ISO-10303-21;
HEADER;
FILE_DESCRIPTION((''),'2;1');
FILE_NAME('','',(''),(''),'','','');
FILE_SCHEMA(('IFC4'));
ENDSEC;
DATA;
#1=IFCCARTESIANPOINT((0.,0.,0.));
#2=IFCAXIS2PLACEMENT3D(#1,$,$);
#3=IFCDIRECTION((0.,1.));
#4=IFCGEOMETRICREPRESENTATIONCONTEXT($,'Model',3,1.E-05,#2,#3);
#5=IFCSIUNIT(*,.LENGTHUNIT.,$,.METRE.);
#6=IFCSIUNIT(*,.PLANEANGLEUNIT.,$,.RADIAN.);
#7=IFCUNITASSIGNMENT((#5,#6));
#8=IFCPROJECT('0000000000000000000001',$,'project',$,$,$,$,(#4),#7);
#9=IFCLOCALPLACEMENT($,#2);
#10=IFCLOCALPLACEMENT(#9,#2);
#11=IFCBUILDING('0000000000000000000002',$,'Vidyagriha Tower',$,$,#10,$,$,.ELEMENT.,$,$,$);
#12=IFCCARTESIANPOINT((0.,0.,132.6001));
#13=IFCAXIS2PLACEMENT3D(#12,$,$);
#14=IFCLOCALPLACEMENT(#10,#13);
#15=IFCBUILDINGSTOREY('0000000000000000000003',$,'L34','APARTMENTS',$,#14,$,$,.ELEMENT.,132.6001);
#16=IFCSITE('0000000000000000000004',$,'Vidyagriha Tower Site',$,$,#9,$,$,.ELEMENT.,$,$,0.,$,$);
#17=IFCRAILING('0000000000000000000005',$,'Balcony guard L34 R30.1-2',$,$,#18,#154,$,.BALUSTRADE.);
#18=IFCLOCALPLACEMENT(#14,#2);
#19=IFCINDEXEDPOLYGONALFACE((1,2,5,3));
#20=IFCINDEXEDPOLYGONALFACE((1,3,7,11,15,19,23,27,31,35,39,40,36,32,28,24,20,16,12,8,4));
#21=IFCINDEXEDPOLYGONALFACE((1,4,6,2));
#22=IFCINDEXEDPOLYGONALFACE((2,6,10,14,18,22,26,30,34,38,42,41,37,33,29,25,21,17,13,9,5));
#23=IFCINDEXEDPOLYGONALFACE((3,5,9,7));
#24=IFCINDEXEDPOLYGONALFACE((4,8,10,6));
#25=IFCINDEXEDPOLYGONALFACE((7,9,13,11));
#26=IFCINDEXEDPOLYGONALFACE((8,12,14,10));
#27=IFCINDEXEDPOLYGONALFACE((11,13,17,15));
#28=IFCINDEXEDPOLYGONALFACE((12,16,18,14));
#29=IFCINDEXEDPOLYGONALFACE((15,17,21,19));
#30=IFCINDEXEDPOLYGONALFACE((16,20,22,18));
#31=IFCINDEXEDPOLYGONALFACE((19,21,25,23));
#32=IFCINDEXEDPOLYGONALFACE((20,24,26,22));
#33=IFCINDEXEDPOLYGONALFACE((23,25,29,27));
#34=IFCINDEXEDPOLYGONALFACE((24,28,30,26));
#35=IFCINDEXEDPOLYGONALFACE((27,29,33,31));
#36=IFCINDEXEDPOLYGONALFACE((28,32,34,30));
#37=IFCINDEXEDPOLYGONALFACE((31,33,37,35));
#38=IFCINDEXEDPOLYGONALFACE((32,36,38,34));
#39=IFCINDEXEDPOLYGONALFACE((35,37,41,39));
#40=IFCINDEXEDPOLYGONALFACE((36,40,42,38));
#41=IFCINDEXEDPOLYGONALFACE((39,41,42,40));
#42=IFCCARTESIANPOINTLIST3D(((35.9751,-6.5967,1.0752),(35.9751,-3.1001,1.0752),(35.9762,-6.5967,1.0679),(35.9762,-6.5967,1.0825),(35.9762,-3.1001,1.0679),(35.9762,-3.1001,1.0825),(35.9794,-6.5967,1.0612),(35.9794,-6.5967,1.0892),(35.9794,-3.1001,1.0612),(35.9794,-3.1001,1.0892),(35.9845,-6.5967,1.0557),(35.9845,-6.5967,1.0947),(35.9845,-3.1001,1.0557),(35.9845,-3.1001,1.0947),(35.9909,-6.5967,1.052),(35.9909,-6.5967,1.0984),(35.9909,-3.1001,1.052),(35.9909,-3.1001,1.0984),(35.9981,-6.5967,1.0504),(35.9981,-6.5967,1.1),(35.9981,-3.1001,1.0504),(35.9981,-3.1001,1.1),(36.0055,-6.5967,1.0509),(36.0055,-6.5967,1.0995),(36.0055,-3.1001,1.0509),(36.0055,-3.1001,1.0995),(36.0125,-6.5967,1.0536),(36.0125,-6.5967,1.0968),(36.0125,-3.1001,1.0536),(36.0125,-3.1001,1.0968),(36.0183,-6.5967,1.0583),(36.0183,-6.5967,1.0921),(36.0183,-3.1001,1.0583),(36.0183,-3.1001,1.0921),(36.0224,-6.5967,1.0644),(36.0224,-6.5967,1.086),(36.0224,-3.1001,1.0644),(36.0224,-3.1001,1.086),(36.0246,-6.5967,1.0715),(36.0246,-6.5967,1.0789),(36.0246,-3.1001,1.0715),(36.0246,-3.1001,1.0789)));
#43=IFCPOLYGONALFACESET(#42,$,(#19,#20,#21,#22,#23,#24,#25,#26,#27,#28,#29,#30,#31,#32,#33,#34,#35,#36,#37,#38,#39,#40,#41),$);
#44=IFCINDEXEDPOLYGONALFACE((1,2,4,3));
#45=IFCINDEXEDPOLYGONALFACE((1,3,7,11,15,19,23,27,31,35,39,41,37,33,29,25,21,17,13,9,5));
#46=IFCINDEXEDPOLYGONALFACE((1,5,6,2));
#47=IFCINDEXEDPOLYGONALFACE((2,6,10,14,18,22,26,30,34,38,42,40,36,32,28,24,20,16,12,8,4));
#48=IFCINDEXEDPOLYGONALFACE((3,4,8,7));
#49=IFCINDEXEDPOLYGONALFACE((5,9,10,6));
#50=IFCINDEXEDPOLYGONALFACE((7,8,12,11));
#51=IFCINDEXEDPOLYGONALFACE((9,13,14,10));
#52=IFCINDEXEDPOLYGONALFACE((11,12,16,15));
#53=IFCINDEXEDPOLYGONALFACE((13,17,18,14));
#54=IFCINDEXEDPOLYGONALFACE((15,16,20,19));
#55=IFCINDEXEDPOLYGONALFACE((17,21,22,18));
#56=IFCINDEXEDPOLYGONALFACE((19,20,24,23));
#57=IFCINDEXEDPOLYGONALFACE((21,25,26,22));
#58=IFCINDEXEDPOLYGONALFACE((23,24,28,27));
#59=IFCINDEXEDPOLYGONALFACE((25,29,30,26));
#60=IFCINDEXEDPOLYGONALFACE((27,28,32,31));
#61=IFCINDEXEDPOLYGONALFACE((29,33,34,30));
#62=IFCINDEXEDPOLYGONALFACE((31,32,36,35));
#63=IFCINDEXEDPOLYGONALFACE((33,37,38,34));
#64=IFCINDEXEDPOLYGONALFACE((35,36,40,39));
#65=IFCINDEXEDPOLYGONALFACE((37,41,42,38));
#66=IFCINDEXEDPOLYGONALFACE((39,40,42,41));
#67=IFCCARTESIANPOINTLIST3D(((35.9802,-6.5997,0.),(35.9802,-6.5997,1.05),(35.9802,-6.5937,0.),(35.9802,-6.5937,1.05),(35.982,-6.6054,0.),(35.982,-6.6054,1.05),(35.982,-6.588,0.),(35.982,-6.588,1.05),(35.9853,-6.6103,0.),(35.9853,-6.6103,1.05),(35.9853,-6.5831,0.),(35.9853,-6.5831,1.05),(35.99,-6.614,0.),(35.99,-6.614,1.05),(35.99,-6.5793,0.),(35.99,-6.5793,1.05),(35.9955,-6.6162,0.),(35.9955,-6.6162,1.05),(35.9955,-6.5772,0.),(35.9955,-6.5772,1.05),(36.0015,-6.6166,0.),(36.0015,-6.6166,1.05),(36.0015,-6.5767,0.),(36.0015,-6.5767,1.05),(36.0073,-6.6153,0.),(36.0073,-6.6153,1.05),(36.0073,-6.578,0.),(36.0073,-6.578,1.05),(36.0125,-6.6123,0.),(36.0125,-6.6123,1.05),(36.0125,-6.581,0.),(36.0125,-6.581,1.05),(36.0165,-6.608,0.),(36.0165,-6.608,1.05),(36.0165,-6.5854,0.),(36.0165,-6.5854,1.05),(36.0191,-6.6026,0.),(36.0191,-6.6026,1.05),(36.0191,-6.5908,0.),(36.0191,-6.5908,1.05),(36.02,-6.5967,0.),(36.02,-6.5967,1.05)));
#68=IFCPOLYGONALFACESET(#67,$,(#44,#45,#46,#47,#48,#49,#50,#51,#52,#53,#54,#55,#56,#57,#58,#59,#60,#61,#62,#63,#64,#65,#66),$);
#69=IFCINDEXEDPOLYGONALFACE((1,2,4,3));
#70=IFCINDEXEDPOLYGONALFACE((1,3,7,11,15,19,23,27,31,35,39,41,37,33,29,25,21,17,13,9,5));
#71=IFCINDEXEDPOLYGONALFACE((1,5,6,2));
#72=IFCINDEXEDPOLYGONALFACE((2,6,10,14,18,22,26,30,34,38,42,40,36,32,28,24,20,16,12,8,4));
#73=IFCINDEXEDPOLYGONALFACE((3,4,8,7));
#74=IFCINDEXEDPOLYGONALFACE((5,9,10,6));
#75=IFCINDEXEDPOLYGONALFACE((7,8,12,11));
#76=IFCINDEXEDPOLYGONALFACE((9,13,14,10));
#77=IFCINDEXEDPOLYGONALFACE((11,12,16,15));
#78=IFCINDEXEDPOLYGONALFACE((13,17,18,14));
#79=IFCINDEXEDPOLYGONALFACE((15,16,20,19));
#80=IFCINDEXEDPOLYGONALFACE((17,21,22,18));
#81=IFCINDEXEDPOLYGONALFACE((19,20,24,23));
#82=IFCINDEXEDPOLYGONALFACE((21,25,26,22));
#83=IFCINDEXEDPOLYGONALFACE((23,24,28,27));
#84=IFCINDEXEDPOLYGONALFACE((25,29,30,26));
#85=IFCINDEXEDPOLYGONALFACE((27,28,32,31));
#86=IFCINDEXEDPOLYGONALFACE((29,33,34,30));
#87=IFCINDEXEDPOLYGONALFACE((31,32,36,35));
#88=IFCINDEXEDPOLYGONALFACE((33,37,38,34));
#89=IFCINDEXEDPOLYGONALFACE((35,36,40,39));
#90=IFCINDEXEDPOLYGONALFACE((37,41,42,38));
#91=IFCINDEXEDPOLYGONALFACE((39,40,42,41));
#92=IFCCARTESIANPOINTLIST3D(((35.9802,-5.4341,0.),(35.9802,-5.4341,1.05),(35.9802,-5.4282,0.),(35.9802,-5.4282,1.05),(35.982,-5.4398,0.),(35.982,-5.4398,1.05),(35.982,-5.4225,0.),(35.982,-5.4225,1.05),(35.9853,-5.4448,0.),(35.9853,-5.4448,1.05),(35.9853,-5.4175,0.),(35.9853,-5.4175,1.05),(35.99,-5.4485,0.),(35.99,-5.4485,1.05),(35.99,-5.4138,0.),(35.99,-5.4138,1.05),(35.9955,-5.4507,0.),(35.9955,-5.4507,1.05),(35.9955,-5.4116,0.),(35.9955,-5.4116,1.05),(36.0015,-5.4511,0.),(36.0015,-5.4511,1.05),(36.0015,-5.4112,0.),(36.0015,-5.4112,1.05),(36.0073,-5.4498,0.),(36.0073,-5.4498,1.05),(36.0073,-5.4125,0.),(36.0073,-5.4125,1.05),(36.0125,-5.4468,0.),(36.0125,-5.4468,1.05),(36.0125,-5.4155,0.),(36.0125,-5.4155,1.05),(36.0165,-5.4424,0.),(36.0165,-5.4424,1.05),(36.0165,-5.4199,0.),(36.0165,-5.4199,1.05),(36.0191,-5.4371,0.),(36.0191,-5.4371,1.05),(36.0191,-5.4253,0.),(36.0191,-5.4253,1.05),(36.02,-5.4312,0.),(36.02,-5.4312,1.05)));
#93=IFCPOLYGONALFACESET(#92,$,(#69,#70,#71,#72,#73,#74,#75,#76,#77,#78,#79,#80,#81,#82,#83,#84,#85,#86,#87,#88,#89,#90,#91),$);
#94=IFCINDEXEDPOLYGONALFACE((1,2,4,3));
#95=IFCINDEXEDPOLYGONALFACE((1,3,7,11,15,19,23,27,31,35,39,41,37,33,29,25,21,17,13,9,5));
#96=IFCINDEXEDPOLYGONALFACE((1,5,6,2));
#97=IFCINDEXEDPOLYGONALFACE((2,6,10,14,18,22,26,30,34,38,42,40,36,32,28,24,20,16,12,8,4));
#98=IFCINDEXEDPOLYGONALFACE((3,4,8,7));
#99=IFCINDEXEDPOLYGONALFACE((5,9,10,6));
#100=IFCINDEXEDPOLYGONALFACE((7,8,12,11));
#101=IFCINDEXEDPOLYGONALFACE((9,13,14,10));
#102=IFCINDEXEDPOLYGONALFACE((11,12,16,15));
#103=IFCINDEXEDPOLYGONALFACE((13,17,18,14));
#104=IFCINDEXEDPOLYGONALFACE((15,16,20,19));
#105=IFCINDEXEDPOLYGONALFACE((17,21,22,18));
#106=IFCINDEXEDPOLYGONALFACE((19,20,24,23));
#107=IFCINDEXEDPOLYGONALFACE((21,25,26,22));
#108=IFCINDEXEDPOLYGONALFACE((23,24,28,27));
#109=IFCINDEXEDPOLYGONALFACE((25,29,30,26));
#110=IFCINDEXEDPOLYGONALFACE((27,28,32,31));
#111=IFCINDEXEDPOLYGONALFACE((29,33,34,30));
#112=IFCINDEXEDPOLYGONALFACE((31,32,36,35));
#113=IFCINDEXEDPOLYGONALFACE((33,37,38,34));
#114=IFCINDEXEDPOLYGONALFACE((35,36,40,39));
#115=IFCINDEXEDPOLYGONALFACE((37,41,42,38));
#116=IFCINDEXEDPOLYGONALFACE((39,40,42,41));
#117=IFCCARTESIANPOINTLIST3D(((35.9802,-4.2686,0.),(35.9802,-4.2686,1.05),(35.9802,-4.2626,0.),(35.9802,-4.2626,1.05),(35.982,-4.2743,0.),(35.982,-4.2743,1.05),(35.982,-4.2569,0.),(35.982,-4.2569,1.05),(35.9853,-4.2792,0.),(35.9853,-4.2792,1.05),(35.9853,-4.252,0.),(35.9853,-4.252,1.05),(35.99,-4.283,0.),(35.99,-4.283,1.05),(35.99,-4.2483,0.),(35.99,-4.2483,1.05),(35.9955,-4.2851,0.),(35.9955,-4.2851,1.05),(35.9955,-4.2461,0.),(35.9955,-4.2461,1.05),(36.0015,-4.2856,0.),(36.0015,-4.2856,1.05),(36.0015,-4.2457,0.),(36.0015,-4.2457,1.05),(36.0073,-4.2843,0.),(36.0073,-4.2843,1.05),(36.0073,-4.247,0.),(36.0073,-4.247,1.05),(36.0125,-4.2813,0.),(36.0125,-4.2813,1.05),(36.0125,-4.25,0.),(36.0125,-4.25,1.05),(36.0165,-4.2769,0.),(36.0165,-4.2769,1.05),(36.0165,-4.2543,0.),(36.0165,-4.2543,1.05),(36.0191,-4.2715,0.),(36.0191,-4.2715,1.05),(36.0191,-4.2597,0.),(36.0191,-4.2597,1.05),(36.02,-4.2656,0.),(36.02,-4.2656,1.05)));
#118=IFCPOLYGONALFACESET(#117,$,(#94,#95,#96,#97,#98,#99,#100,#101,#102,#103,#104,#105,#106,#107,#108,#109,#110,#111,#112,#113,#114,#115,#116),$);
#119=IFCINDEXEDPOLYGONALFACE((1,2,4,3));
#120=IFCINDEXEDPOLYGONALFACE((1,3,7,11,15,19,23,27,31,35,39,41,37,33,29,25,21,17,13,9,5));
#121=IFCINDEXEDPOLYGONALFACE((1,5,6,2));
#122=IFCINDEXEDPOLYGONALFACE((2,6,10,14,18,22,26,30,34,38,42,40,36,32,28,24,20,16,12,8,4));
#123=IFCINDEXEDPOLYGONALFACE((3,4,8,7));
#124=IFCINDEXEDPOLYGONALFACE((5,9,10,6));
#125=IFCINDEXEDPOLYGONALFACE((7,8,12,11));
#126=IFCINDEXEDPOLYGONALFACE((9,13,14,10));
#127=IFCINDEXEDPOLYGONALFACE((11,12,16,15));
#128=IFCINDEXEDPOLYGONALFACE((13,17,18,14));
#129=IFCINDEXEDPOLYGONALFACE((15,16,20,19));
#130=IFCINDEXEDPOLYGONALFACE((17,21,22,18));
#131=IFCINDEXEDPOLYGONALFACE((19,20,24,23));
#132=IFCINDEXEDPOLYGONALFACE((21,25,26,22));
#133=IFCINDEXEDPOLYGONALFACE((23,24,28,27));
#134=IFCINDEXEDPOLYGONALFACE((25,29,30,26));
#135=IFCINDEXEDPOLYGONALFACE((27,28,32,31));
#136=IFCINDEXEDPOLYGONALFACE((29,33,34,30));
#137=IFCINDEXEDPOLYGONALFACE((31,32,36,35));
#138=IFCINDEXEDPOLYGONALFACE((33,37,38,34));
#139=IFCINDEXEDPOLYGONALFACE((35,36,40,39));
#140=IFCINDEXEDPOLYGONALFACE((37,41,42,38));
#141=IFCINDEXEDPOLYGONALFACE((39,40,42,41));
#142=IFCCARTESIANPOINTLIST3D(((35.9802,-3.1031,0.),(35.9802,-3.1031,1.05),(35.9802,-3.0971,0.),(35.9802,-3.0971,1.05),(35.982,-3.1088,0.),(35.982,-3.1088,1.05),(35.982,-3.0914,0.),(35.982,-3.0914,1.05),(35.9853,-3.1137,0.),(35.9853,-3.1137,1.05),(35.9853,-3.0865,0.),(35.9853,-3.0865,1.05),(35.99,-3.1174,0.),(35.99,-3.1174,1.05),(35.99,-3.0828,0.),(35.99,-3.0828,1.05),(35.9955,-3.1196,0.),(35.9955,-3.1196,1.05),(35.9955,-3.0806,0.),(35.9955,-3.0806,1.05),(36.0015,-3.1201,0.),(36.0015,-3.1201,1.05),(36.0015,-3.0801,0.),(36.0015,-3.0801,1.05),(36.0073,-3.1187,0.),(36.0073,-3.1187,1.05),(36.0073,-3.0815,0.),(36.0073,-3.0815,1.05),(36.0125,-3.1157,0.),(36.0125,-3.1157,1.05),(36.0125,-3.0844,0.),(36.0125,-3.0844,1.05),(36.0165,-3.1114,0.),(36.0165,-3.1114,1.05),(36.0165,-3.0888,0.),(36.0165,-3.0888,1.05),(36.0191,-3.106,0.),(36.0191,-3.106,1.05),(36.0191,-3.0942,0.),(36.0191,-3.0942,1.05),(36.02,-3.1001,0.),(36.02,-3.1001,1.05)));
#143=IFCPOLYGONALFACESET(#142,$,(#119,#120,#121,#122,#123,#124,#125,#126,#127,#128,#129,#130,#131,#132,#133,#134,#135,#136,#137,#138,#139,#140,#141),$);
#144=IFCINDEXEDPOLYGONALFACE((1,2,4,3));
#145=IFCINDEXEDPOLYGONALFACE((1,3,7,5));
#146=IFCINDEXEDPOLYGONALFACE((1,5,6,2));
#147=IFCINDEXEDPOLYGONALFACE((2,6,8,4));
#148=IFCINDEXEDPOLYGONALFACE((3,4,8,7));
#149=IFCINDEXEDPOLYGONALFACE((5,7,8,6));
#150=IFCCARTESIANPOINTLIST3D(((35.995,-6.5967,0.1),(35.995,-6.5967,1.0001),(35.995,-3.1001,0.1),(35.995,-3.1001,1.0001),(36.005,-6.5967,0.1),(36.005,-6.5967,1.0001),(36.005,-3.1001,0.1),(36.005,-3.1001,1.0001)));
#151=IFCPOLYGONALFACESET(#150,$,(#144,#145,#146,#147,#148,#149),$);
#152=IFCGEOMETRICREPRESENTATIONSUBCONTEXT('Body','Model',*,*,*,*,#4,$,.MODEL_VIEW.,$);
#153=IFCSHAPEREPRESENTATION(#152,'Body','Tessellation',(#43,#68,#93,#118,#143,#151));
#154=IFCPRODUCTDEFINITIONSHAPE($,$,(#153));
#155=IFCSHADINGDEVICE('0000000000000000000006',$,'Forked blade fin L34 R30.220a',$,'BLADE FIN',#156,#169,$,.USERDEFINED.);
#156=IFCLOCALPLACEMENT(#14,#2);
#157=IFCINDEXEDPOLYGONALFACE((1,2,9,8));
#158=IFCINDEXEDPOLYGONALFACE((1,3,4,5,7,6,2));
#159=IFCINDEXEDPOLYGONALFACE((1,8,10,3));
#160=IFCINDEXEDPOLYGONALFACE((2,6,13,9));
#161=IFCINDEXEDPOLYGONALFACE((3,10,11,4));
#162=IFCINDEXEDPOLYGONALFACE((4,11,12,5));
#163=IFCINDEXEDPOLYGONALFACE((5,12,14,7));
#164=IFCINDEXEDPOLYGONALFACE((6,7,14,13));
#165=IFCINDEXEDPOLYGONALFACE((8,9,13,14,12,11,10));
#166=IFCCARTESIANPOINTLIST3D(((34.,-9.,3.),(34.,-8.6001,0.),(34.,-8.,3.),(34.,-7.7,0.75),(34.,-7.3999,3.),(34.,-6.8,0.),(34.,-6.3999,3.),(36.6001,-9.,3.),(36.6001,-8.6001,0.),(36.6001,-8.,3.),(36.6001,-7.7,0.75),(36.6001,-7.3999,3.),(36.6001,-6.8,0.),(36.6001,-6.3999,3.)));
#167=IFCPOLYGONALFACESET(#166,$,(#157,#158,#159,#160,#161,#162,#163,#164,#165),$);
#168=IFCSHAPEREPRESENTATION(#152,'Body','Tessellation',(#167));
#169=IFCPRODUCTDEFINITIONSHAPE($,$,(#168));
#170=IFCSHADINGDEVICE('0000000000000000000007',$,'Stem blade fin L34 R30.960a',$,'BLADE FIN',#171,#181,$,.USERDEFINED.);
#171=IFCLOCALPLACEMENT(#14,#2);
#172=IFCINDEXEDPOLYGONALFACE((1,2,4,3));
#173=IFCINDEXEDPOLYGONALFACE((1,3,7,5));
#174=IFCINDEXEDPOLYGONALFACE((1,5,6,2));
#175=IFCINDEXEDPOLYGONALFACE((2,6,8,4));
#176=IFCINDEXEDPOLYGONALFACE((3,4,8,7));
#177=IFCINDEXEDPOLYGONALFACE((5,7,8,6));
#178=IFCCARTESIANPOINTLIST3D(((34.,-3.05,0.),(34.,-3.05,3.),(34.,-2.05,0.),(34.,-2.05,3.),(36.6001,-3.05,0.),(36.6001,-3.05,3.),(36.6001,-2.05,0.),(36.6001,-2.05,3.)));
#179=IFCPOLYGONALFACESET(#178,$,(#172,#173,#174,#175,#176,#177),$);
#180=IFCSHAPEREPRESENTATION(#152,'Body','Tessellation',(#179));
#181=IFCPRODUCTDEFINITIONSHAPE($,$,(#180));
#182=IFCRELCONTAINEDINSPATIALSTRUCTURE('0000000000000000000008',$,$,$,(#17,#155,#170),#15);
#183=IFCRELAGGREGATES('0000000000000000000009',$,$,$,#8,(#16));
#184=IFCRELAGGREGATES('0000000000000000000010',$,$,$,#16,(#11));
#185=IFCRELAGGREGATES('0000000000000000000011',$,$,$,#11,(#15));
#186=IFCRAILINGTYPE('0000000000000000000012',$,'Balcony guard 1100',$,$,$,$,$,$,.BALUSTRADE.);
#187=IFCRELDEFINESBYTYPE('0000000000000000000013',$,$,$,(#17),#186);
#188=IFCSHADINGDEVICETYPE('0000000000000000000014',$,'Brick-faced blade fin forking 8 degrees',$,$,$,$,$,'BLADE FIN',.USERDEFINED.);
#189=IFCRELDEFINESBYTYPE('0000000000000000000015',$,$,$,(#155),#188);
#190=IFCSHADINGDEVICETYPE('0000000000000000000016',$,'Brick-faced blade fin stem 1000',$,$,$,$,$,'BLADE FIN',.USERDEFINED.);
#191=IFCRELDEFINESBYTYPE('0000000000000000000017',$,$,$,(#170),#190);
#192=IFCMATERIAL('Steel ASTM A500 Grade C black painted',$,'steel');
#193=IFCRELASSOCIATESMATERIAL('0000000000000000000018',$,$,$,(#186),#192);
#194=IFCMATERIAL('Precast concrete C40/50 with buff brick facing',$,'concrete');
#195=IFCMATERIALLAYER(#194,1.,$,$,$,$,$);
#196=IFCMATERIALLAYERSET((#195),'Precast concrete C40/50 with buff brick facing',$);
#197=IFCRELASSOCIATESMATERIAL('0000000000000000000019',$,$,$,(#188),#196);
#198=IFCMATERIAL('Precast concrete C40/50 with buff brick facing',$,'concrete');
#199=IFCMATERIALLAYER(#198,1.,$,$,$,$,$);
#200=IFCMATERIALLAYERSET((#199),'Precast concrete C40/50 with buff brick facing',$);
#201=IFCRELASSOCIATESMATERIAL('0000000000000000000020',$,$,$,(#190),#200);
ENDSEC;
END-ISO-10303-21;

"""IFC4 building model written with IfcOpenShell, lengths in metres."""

from ifc_helpers import new_model, si_unit, direction, frame, origin, origin_2d, place, context, subcontext, project, spatial, polyline, rectangle, circle, outline, extrude, material, layer, layer_set, type_object, element, save


model = new_model("IFC4")

# Units and contexts
model_context = context("Model", 3, precision=1e-05, world=origin(), true_north=direction((0.0, 1.0)))
body_context = subcontext(model_context, "Body", "Model", "MODEL_VIEW")
ifc_project = project(units=[si_unit("LENGTHUNIT", "METRE"), si_unit("PLANEANGLEUNIT", "RADIAN")], contexts=[model_context])

# Site, building, storey
site_placement = place(None, origin())
site = spatial("IfcSite", under=ifc_project, at=site_placement, Name="Vidyagriha Tower Site", CompositionType="ELEMENT", RefElevation=0.0)
building_placement = place(site_placement, origin())
building = spatial("IfcBuilding", under=site, at=building_placement, Name="Vidyagriha Tower", CompositionType="ELEMENT")
storey_placement = place(building_placement, frame((0.0, 0.0, 132.6001)))
storey = spatial("IfcBuildingStorey", under=building, at=storey_placement, Name="L34", Description="APARTMENTS", CompositionType="ELEMENT", Elevation=132.6001)

# Railing
ifc_material_1 = material(Name="Steel ASTM A500 Grade C black painted", Category="steel")
railing_type_1 = type_object("IfcRailingType", Name="Balcony guard 1100", PredefinedType="BALUSTRADE", material=ifc_material_1)
railing_1_placement = place(storey_placement, frame((36.0, -6.5967, 0.0)))
element("IfcRailing", 1, at=railing_1_placement, inside=storey, type_object=railing_type_1, Name="Balcony guard L34 R30.1-2", PredefinedType="BALUSTRADE", context=body_context, shape_type="SweptSolid", body=[
    extrude(circle(Radius=0.0249, at=origin_2d()), frame((0.0, 0.0, 1.0752), z_axis=(0.0, 1.0, 0.0), x_axis=(-1.0, 0.0, 0.0)), (0.0, 0.0, 1.0), 3.4966),
    extrude(circle(Radius=0.02, at=origin_2d()), origin(), (0.0, 0.0, 1.0), 1.05),
    extrude(circle(Radius=0.02, at=origin_2d()), frame((0.0, 1.1655, 0.0)), (0.0, 0.0, 1.0), 1.05),
    extrude(circle(Radius=0.02, at=origin_2d()), frame((0.0, 2.3311, 0.0)), (0.0, 0.0, 1.0), 1.05),
    extrude(circle(Radius=0.02, at=origin_2d()), frame((0.0, 3.4966, 0.0)), (0.0, 0.0, 1.0), 1.05),
    extrude(rectangle(XDim=0.01, YDim=0.9001, at=origin_2d()), frame((0.0, 0.0, 0.55), z_axis=(0.0, 1.0, 0.0), x_axis=(-1.0, 0.0, 0.0)), (0.0, 0.0, 1.0), 3.4966),
])

# Shading devices
ifc_material_2 = material(Name="Precast concrete C40/50 with buff brick facing", Category="concrete")
ifc_layer_1 = layer(ifc_material_2, 1.0)
ifc_layer_set_1 = layer_set([ifc_layer_1], Name="Precast concrete C40/50 with buff brick facing")
shading_device_type_1 = type_object("IfcShadingDeviceType", Name="Brick-faced blade fin forking 8 degrees", ElementType="BLADE FIN", PredefinedType="USERDEFINED", material=ifc_layer_set_1)
shading_device_1_placement = place(storey_placement, frame((35.3, -9.0, 0.0), z_axis=(0.0, 0.0, 1.0), x_axis=(0.0, 1.0, 0.0)))
element("IfcShadingDevice", 2, at=shading_device_1_placement, inside=storey, type_object=shading_device_type_1, Name="Forked blade fin L34 R30.220a", ObjectType="BLADE FIN", PredefinedType="USERDEFINED", context=body_context, shape_type="SweptSolid", body=[
    extrude(outline(polyline([(0.3999, 0.0), (2.2, 0.0), (2.6001, 3.0), (1.6001, 3.0), (1.3, 0.75), (1.0, 3.0), (0.0, 3.0), (0.3999, 0.0)])), frame((0.0, 1.3, 0.0), z_axis=(0.0, -1.0, 0.0), x_axis=(1.0, 0.0, 0.0)), (0.0, 0.0, 1.0), 2.6001),
])
ifc_material_3 = material(Name="Precast concrete C40/50 with buff brick facing", Category="concrete")
ifc_layer_2 = layer(ifc_material_3, 1.0)
ifc_layer_set_2 = layer_set([ifc_layer_2], Name="Precast concrete C40/50 with buff brick facing")
shading_device_type_2 = type_object("IfcShadingDeviceType", Name="Brick-faced blade fin stem 1000", ElementType="BLADE FIN", PredefinedType="USERDEFINED", material=ifc_layer_set_2)
shading_device_2_placement = place(storey_placement, frame((35.3, -3.05, 0.0), z_axis=(0.0, 0.0, 1.0), x_axis=(0.0, 1.0, 0.0)))
element("IfcShadingDevice", 3, at=shading_device_2_placement, inside=storey, type_object=shading_device_type_2, Name="Stem blade fin L34 R30.960a", ObjectType="BLADE FIN", PredefinedType="USERDEFINED", context=body_context, shape_type="SweptSolid", body=[
    extrude(outline(polyline([(0.0, 0.0), (1.0, 0.0), (1.0, 3.0), (0.0, 3.0), (0.0, 0.0)])), frame((0.0, 1.3, 0.0), z_axis=(0.0, -1.0, 0.0), x_axis=(1.0, 0.0, 0.0)), (0.0, 0.0, 1.0), 2.6001),
])

save(model, "model.ifc")
